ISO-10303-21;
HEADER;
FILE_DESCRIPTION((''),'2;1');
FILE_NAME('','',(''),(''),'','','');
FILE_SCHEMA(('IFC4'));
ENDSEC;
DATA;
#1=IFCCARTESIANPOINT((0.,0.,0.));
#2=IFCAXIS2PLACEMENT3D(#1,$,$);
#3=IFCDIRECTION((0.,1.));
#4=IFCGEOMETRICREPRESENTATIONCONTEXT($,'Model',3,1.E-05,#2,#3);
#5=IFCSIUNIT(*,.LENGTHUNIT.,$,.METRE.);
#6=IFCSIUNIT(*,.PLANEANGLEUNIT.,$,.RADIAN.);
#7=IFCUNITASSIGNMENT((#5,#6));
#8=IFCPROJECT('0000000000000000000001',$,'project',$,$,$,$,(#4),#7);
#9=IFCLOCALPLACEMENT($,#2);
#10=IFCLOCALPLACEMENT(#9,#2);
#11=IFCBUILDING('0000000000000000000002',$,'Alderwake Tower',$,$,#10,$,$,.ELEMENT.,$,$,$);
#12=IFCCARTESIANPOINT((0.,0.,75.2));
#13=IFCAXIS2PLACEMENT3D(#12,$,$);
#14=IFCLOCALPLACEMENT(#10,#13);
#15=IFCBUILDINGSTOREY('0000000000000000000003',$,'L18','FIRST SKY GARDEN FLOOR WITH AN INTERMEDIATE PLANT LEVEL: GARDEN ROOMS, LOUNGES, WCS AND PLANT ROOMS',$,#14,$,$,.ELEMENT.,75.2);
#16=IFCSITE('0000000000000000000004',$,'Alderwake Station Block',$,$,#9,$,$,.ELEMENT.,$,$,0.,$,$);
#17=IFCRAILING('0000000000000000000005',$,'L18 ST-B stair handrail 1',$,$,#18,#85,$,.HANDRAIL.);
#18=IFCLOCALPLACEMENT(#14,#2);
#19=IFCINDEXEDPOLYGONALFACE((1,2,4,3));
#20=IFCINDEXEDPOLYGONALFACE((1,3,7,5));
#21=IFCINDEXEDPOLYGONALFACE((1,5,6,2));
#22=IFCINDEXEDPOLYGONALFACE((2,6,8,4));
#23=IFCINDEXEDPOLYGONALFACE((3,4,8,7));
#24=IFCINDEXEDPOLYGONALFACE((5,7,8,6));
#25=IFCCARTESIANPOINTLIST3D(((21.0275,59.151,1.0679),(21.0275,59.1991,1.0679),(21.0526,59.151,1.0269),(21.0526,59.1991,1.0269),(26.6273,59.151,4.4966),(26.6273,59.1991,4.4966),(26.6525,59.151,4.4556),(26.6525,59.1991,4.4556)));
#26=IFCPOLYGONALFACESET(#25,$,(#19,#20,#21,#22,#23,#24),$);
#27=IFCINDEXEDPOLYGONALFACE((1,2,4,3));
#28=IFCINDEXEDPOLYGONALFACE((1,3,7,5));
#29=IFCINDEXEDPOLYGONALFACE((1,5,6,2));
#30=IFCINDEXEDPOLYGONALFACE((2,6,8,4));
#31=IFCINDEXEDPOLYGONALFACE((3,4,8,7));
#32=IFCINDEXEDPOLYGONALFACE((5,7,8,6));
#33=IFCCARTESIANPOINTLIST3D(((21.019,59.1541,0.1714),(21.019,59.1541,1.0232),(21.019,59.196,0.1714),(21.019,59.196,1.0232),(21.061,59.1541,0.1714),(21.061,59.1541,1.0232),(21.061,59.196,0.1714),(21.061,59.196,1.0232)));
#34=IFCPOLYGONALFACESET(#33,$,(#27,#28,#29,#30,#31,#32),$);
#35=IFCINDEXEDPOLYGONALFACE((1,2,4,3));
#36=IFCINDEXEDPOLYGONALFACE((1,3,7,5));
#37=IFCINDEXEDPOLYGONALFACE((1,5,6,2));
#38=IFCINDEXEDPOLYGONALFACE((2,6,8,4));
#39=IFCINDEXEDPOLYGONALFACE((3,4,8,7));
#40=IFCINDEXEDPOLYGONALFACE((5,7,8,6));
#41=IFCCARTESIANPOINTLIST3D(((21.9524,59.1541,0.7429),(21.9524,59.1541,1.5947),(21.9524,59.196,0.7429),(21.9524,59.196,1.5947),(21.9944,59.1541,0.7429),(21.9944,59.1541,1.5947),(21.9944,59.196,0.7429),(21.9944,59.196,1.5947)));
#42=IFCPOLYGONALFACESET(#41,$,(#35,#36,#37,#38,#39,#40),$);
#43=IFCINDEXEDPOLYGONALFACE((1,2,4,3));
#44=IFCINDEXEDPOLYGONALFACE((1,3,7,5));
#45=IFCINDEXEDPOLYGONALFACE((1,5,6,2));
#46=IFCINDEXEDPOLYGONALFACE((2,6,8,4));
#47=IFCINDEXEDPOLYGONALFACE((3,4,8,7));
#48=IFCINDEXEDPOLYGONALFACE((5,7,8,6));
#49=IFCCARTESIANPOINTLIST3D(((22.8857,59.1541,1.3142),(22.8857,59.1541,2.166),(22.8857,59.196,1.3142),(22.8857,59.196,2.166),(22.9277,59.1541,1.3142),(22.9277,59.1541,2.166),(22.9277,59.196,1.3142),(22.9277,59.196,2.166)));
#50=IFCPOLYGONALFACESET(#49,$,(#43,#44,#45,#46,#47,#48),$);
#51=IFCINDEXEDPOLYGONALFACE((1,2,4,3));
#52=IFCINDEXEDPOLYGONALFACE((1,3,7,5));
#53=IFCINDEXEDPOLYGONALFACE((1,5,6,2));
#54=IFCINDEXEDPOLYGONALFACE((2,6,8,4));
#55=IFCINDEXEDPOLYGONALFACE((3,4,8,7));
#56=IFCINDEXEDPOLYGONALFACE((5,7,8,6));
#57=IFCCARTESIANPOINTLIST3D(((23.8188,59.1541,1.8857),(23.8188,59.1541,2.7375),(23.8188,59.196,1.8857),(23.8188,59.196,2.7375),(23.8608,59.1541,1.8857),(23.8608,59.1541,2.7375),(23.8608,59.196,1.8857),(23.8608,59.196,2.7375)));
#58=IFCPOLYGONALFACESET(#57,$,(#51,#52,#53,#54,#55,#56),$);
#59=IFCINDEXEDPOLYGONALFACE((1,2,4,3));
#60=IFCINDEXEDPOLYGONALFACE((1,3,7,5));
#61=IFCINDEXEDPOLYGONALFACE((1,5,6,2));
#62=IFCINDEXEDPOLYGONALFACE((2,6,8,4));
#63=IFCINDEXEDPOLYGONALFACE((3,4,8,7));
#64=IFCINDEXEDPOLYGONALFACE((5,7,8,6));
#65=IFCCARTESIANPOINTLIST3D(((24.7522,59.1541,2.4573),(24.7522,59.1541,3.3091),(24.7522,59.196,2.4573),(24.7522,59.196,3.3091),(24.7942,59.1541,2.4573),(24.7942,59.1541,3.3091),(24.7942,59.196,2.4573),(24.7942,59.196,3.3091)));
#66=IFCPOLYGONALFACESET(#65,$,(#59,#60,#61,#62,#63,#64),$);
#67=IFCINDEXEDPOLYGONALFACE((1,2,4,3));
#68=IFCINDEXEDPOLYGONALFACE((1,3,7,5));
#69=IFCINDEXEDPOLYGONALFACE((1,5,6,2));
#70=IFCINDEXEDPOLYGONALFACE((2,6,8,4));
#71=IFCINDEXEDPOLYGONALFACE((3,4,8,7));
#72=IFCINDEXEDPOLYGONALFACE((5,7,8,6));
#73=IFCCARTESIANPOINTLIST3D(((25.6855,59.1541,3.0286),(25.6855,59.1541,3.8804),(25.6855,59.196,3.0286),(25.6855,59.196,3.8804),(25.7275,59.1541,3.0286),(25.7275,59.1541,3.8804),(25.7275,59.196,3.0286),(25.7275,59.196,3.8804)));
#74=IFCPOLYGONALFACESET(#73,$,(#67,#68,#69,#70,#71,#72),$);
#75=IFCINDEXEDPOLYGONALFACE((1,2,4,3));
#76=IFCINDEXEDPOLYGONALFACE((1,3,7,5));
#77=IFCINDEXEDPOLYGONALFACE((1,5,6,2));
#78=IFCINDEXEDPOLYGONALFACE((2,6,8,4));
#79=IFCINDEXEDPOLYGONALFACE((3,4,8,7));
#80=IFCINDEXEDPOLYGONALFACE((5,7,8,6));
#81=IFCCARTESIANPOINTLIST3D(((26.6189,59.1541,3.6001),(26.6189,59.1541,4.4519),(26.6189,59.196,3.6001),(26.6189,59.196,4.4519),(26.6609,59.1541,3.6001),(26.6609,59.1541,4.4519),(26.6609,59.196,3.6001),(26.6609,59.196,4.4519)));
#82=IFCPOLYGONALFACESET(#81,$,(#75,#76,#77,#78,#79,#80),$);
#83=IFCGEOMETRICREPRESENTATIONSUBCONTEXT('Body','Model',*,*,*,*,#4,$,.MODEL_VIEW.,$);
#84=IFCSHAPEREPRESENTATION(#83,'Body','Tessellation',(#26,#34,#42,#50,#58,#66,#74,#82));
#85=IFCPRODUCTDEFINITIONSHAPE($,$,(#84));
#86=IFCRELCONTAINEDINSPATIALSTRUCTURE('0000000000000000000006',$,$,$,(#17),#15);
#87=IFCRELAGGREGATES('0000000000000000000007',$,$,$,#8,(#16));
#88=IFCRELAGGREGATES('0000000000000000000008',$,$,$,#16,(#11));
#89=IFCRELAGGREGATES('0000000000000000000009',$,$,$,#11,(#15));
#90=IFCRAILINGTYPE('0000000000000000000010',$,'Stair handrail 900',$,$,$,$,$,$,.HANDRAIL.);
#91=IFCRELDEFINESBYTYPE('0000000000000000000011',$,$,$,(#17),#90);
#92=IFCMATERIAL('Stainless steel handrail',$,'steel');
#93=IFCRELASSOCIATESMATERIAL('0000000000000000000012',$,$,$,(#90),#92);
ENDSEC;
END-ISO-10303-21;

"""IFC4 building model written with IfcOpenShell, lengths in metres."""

from ifc_helpers import new_model, si_unit, direction, frame, origin, origin_with_axes, origin_2d, place, context, subcontext, project, spatial, rectangle, extrude, material, type_object, element, save


model = new_model("IFC4")

# Units and contexts
model_context = context("Model", 3, precision=1e-05, world=origin(), true_north=direction((0.0, 1.0)))
body_context = subcontext(model_context, "Body", "Model", "MODEL_VIEW")
ifc_project = project(units=[si_unit("LENGTHUNIT", "METRE"), si_unit("PLANEANGLEUNIT", "RADIAN")], contexts=[model_context])

# Site, building, storey
site_placement = place(None, origin())
site = spatial("IfcSite", under=ifc_project, at=site_placement, Name="Alderwake Station Block", CompositionType="ELEMENT", RefElevation=0.0)
building_placement = place(site_placement, origin())
building = spatial("IfcBuilding", under=site, at=building_placement, Name="Alderwake Tower", CompositionType="ELEMENT")
storey_placement = place(building_placement, frame((0.0, 0.0, 75.2)))
storey = spatial("IfcBuildingStorey", under=building, at=storey_placement, Name="L18", Description="FIRST SKY GARDEN FLOOR WITH AN INTERMEDIATE PLANT LEVEL: GARDEN ROOMS, LOUNGES, WCS AND PLANT ROOMS", CompositionType="ELEMENT", Elevation=75.2)

# Railing
ifc_material_1 = material(Name="Stainless steel handrail", Category="steel")
railing_type_1 = type_object("IfcRailingType", Name="Stair handrail 900", PredefinedType="HANDRAIL", material=ifc_material_1)
railing_1_placement = place(storey_placement, frame((21.04, 59.175, 0.1714)))
element("IfcRailing", 1, at=railing_1_placement, inside=storey, type_object=railing_type_1, Name="L18 ST-B stair handrail 1", PredefinedType="HANDRAIL", context=body_context, shape_type="SweptSolid", body=[
    extrude(rectangle(XDim=0.0481, YDim=0.0481, at=origin_2d()), frame((0.0, 0.0, 0.876), z_axis=(0.852836, 0.0, 0.522179), x_axis=(0.0, 1.0, 0.0)), (0.0, 0.0, 1.0), 6.5662),
    extrude(rectangle(XDim=0.042, YDim=0.042, at=origin_2d()), origin_with_axes(), (0.0, 0.0, 1.0), 0.8518),
    extrude(rectangle(XDim=0.042, YDim=0.042, at=origin_2d()), frame((0.9333, 0.0, 0.5715), z_axis=(0.0, 0.0, 1.0), x_axis=(1.0, 0.0, 0.0)), (0.0, 0.0, 1.0), 0.8518),
    extrude(rectangle(XDim=0.042, YDim=0.042, at=origin_2d()), frame((1.8667, 0.0, 1.1428), z_axis=(0.0, 0.0, 1.0), x_axis=(1.0, 0.0, 0.0)), (0.0, 0.0, 1.0), 0.8518),
    extrude(rectangle(XDim=0.042, YDim=0.042, at=origin_2d()), frame((2.7998, 0.0, 1.7144), z_axis=(0.0, 0.0, 1.0), x_axis=(1.0, 0.0, 0.0)), (0.0, 0.0, 1.0), 0.8518),
    extrude(rectangle(XDim=0.042, YDim=0.042, at=origin_2d()), frame((3.7332, 0.0, 2.2859), z_axis=(0.0, 0.0, 1.0), x_axis=(1.0, 0.0, 0.0)), (0.0, 0.0, 1.0), 0.8518),
    extrude(rectangle(XDim=0.042, YDim=0.042, at=origin_2d()), frame((4.6665, 0.0, 2.8572), z_axis=(0.0, 0.0, 1.0), x_axis=(1.0, 0.0, 0.0)), (0.0, 0.0, 1.0), 0.8518),
    extrude(rectangle(XDim=0.042, YDim=0.042, at=origin_2d()), frame((5.5999, 0.0, 3.4287), z_axis=(0.0, 0.0, 1.0), x_axis=(1.0, 0.0, 0.0)), (0.0, 0.0, 1.0), 0.8518),
])

save(model, "model.ifc")
